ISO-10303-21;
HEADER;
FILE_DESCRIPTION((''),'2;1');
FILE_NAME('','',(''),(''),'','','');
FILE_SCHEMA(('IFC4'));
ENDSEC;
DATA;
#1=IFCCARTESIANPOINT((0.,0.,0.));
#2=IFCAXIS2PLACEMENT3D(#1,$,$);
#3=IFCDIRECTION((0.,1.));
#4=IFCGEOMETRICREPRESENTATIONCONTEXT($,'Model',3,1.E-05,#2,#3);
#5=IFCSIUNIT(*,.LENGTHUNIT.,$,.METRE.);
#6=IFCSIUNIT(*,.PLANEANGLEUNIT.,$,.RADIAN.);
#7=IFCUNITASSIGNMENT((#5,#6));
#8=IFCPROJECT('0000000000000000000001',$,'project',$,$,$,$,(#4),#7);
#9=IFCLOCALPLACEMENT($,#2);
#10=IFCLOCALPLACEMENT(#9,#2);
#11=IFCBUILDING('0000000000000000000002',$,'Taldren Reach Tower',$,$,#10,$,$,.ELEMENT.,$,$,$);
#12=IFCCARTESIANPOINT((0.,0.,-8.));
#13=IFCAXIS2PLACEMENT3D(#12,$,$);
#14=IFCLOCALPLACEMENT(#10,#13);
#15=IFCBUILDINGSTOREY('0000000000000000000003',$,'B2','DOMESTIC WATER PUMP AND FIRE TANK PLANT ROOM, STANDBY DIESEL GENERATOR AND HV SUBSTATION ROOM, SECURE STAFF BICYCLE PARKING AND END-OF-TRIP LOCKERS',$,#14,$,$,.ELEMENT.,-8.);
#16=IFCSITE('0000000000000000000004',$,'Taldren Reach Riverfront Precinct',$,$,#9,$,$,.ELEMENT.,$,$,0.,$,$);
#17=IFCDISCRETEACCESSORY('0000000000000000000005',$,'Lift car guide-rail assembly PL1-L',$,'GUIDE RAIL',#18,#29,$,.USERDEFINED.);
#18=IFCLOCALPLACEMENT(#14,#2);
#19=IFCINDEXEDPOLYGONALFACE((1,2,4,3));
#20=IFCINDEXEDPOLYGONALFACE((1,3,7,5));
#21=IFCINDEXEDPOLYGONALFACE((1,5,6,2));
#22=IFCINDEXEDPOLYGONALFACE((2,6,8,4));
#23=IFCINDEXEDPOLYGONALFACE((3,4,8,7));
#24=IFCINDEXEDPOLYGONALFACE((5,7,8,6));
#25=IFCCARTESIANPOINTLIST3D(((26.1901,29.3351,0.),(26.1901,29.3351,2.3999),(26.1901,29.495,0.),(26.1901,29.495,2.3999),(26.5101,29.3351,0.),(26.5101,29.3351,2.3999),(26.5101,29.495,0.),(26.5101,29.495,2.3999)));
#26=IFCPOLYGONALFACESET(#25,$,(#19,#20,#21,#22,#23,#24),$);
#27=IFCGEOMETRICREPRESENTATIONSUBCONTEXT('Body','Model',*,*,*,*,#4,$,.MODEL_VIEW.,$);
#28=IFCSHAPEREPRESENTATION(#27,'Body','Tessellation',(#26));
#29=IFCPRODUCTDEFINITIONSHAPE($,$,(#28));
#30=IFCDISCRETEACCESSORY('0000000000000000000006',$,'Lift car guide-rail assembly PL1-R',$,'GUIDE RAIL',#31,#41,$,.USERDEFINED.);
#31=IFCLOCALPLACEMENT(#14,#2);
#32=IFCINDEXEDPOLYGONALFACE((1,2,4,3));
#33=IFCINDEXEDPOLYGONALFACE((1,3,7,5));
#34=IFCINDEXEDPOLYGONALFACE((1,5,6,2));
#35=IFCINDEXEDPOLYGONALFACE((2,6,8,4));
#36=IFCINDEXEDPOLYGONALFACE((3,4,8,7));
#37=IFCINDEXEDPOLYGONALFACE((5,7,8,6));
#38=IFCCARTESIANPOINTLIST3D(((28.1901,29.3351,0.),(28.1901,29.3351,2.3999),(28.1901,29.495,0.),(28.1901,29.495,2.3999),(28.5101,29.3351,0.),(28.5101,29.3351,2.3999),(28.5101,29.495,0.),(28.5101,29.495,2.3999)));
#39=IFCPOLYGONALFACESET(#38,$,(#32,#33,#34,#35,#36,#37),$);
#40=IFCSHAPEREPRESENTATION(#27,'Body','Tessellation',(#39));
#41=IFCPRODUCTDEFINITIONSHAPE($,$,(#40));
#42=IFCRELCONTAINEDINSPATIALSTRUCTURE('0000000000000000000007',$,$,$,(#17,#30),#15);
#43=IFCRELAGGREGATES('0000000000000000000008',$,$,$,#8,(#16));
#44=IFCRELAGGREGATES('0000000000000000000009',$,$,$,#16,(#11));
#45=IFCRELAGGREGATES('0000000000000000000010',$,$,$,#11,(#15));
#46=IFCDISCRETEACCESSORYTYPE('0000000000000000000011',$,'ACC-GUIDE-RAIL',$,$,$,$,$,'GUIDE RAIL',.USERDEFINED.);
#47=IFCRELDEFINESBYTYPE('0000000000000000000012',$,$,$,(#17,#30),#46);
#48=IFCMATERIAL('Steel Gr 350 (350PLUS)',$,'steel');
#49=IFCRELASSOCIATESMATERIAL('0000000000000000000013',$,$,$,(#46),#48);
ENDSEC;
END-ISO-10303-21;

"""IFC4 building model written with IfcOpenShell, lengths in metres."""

from ifc_helpers import new_model, si_unit, direction, frame, origin, origin_2d, place, context, subcontext, project, spatial, rectangle, extrude, source, transform, mapped, material, type_object, element, save


model = new_model("IFC4")

# Units and contexts
model_context = context("Model", 3, precision=1e-05, world=origin(), true_north=direction((0.0, 1.0)))
body_context = subcontext(model_context, "Body", "Model", "MODEL_VIEW")
ifc_project = project(units=[si_unit("LENGTHUNIT", "METRE"), si_unit("PLANEANGLEUNIT", "RADIAN")], contexts=[model_context])

# Site, building, storey
site_placement = place(None, origin())
site = spatial("IfcSite", under=ifc_project, at=site_placement, Name="Taldren Reach Riverfront Precinct", CompositionType="ELEMENT", RefElevation=0.0)
building_placement = place(site_placement, origin())
building = spatial("IfcBuilding", under=site, at=building_placement, Name="Taldren Reach Tower", CompositionType="ELEMENT")
storey_placement = place(building_placement, frame((0.0, 0.0, -8.0)))
storey = spatial("IfcBuildingStorey", under=building, at=storey_placement, Name="B2", Description="DOMESTIC WATER PUMP AND FIRE TANK PLANT ROOM, STANDBY DIESEL GENERATOR AND HV SUBSTATION ROOM, SECURE STAFF BICYCLE PARKING AND END-OF-TRIP LOCKERS", CompositionType="ELEMENT", Elevation=-8.0)

# Shared definitions
ifc_material_1 = material(Name="Steel Gr 350 (350PLUS)", Category="steel")

# Discrete accessories
discrete_accessory_type = type_object("IfcDiscreteAccessoryType", Name="ACC-GUIDE-RAIL", ElementType="GUIDE RAIL", PredefinedType="USERDEFINED", material=ifc_material_1)
shared_shape_1 = source(origin(), body_context, "Body", "SweptSolid", [
    extrude(rectangle(XDim=0.3201, YDim=0.1599, at=origin_2d()), origin(), (0.0, 0.0, 1.0), 2.3999),
])
for number, where, z_axis, x_axis, name in (
    (1, (26.3501, 29.415, 0.0), (0.0, 0.0, 1.0), (1.0, 0.0, 0.0), "Lift car guide-rail assembly PL1-L"),
    (2, (28.3501, 29.415, 0.0), (0.0, 0.0, 1.0), (1.0, 0.0, 0.0), "Lift car guide-rail assembly PL1-R"),
):
    element("IfcDiscreteAccessory", number, at=place(storey_placement, frame(where, z_axis=z_axis, x_axis=x_axis)), inside=storey, type_object=discrete_accessory_type, Name=name, ObjectType="GUIDE RAIL", PredefinedType="USERDEFINED", context=body_context, shape_type="MappedRepresentation", body=[
        mapped(shared_shape_1, transform((0.0, 0.0, 0.0), scale=1.0)),
    ])

save(model, "model.ifc")
